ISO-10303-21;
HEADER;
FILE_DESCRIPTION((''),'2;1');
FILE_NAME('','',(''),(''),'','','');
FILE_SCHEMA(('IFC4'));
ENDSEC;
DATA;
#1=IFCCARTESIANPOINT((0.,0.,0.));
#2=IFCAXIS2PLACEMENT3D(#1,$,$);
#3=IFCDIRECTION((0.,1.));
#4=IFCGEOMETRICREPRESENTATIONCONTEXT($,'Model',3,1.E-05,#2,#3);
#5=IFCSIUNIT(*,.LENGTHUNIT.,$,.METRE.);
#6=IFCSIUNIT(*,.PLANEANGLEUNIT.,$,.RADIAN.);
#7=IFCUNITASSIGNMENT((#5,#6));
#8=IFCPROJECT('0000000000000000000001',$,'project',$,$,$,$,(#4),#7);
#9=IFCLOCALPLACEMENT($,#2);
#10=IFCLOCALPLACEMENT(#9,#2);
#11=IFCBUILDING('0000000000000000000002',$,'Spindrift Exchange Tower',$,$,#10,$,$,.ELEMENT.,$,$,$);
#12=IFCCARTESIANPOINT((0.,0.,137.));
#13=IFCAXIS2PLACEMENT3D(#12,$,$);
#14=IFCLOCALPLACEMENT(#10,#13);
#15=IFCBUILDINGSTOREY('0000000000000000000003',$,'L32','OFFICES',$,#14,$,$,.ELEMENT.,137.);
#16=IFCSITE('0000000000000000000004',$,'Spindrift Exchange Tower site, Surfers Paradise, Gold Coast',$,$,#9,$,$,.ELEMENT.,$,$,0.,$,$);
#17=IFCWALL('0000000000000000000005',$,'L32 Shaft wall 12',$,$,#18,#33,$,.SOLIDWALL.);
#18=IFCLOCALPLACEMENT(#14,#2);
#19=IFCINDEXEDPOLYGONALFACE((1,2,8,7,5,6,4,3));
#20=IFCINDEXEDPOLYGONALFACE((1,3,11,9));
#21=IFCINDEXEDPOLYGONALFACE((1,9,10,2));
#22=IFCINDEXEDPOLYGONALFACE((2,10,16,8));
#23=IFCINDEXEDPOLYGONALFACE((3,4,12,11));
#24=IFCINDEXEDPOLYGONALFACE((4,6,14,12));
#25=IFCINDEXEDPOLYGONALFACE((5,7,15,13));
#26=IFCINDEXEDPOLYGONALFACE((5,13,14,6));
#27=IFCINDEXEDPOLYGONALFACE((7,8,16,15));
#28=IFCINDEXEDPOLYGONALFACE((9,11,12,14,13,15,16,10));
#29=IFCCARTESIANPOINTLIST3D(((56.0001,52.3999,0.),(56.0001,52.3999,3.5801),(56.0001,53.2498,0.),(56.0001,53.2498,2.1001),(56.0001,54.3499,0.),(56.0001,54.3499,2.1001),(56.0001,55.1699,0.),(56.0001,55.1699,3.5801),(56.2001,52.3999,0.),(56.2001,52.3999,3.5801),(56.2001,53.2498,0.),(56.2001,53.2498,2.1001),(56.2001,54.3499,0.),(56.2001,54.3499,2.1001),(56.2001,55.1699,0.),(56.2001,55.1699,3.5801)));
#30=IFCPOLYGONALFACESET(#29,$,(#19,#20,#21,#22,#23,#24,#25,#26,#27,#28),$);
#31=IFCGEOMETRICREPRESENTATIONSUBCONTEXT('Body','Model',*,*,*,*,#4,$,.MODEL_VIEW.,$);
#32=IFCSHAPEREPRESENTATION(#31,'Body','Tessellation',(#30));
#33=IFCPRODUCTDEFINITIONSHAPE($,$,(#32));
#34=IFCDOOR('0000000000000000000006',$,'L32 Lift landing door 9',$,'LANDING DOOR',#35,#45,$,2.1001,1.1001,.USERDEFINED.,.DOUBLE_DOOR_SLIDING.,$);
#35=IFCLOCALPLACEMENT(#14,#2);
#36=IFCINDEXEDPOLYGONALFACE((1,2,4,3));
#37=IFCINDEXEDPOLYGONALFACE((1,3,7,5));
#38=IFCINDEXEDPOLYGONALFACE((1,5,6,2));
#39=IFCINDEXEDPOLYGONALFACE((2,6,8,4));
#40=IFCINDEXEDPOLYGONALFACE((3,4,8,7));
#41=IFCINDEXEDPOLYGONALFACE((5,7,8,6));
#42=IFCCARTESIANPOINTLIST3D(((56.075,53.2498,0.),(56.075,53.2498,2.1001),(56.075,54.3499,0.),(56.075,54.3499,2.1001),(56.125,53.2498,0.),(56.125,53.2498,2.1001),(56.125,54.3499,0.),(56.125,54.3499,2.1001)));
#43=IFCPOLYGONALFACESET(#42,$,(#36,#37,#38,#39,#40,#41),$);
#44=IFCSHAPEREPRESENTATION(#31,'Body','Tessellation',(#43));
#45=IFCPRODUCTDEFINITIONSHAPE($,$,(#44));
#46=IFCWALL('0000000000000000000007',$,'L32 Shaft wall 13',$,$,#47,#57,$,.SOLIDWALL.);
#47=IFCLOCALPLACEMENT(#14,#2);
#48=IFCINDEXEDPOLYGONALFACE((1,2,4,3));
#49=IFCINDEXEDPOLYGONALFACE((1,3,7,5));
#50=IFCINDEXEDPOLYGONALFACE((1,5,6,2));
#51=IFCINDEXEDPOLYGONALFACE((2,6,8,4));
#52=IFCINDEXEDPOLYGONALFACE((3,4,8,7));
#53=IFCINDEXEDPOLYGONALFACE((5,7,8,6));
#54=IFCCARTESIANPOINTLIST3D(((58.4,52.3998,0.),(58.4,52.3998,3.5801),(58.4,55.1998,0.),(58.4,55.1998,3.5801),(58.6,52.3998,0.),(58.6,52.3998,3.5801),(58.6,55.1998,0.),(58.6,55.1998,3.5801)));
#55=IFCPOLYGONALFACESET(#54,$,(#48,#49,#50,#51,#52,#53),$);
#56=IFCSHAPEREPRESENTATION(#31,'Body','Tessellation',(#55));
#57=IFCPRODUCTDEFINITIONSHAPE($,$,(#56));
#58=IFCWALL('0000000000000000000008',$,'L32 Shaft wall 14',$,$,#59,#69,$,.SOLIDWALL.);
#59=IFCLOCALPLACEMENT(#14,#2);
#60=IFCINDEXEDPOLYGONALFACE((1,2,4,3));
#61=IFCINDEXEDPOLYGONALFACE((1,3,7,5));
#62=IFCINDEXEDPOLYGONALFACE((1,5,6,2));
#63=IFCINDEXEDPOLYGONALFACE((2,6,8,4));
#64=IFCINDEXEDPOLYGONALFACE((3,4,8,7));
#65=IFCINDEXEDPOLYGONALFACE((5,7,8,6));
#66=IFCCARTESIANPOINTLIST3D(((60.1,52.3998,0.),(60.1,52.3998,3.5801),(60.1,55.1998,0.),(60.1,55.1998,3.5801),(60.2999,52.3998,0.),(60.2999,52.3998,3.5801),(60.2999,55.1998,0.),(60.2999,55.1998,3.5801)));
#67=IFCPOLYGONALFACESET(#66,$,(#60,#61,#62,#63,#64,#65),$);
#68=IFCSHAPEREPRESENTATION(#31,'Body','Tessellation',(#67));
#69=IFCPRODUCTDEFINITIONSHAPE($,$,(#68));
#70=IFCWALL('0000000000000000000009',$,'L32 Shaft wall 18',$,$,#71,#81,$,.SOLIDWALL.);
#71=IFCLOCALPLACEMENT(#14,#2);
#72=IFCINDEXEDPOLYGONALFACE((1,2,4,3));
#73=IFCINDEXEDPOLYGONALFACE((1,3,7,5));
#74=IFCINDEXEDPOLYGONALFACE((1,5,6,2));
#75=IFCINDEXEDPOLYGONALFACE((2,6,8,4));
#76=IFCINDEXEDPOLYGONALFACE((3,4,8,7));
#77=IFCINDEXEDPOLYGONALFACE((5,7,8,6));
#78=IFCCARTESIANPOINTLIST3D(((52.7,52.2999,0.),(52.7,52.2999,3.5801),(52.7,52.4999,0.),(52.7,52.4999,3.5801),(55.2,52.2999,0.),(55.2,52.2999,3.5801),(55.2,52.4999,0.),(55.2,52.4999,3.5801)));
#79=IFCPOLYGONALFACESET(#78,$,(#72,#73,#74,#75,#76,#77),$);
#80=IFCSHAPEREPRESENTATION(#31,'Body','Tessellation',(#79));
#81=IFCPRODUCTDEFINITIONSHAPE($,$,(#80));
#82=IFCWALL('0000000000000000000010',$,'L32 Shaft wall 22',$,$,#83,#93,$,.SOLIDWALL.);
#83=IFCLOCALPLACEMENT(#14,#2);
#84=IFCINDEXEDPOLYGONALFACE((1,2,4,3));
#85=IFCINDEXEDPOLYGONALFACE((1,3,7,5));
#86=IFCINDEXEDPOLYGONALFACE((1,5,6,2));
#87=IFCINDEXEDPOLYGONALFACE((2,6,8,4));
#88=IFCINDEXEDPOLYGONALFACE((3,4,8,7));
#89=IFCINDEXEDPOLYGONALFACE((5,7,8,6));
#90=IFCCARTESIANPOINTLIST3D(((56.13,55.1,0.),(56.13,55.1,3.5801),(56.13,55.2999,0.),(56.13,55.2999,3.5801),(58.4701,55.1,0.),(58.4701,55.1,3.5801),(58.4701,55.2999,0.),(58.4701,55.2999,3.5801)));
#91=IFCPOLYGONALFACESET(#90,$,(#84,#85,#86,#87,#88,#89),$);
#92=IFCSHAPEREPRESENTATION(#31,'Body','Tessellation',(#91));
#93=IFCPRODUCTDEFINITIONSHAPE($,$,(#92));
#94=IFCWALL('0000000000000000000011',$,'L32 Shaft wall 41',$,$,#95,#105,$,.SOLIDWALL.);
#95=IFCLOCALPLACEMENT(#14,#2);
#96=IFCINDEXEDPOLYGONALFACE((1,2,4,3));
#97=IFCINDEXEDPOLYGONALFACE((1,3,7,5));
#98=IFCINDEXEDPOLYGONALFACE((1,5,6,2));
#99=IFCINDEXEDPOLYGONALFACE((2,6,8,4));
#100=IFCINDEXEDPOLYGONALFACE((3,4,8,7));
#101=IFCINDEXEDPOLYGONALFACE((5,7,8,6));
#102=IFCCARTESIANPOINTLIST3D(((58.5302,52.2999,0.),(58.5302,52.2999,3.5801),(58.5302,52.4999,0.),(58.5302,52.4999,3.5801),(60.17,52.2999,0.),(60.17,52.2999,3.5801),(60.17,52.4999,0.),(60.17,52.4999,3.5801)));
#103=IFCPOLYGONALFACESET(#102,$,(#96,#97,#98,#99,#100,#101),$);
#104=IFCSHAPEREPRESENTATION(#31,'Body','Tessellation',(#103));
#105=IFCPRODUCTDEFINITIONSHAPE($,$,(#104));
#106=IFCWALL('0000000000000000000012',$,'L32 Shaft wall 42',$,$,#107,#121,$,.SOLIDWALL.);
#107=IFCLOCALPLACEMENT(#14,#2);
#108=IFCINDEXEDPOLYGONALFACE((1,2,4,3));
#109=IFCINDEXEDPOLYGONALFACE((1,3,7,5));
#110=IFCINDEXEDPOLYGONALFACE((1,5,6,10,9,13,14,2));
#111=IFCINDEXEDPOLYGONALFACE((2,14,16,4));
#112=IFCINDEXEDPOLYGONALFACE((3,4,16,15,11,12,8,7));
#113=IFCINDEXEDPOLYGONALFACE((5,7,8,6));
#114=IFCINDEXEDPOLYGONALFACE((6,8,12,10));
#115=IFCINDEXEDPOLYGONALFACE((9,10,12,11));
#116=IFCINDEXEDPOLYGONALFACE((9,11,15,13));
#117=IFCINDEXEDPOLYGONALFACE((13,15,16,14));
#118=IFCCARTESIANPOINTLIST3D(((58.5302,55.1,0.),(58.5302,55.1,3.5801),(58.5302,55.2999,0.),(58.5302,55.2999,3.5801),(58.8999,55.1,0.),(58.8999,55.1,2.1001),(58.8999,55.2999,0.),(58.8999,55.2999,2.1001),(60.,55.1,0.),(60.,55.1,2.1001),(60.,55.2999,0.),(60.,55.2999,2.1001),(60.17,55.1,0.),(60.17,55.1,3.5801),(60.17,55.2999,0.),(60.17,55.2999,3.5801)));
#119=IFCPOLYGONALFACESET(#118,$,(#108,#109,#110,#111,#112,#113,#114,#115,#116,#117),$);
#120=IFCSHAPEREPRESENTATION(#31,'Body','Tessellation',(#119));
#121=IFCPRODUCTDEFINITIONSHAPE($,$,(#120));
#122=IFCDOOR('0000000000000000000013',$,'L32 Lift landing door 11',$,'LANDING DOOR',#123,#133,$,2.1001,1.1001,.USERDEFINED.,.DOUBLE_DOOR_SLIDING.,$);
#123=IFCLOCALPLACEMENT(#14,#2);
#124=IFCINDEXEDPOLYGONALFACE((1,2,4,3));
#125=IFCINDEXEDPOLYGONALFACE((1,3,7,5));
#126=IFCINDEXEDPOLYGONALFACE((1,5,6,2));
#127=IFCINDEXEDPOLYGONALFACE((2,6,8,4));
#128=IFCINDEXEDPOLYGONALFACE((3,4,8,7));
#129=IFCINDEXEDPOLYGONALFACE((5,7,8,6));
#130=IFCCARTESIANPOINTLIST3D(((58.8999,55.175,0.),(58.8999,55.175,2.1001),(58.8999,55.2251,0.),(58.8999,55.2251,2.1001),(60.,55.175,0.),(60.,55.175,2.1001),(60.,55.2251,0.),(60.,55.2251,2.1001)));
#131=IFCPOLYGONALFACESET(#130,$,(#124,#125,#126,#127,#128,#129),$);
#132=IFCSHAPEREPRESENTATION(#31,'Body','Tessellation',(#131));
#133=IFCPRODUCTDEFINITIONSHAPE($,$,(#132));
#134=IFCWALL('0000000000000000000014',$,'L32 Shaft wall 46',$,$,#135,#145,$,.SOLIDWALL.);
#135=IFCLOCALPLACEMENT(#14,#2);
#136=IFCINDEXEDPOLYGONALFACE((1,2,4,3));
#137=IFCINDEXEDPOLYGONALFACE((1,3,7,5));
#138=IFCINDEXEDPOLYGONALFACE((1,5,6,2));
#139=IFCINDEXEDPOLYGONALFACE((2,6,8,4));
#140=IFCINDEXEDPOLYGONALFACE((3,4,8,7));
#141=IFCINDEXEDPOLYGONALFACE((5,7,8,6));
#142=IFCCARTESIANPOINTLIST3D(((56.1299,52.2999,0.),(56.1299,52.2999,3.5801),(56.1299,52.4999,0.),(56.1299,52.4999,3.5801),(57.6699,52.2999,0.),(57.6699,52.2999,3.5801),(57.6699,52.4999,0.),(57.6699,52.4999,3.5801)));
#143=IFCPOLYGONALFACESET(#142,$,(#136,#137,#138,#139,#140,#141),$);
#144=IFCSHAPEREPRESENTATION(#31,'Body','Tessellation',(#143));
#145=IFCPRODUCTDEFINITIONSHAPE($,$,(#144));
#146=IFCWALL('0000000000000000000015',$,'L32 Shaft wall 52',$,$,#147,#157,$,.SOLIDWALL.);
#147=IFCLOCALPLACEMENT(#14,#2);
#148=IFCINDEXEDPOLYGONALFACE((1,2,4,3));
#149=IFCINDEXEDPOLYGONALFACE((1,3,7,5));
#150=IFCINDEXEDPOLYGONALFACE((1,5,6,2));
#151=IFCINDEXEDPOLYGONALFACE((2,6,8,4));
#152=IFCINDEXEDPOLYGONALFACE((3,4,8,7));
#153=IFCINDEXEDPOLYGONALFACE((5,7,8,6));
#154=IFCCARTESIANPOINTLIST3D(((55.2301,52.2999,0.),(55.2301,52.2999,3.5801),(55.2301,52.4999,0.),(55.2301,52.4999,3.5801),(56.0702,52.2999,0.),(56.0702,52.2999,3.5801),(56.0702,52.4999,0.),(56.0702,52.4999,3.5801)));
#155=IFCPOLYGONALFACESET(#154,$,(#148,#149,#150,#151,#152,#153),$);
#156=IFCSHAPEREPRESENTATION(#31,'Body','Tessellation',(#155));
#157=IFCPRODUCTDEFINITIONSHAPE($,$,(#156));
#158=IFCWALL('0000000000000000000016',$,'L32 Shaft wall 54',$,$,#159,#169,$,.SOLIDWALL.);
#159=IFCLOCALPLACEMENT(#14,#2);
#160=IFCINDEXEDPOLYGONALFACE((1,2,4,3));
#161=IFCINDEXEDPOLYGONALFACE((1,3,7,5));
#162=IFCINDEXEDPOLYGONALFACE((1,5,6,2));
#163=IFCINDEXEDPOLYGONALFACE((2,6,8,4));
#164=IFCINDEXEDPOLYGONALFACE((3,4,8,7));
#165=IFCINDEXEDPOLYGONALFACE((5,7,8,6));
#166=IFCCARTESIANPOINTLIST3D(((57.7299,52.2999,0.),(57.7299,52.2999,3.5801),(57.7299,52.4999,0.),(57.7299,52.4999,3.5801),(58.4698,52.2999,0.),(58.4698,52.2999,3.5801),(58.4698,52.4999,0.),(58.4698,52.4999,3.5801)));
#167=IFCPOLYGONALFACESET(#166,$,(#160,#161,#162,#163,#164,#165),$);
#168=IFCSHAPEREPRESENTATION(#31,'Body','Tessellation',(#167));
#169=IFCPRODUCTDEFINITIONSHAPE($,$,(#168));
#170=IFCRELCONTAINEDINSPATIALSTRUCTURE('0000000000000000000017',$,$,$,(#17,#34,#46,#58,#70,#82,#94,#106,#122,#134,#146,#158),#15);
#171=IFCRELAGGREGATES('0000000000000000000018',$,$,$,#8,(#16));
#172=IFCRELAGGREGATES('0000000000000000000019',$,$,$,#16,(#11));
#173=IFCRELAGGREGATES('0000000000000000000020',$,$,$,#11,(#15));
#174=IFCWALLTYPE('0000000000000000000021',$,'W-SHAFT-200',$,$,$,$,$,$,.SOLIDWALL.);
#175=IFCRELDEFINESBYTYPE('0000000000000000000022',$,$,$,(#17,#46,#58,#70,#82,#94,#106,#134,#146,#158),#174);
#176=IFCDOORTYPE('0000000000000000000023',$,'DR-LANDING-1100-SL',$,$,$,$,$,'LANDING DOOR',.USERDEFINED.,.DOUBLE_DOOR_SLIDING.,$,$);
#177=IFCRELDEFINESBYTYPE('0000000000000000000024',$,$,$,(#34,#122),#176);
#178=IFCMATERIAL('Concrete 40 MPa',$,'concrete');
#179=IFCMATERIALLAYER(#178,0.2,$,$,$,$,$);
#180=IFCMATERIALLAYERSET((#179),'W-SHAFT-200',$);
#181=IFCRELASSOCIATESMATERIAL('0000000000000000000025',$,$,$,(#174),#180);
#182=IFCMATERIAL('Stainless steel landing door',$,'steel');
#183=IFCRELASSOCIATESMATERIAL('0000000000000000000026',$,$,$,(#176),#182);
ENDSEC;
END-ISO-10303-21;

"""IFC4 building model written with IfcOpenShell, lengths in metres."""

from ifc_helpers import new_model, si_unit, direction, frame, frame_2d, origin, place, context, subcontext, project, spatial, rectangle, extrude, source, transform, mapped, material, layer, layer_set, type_object, element, fill, save


model = new_model("IFC4")

# Units and contexts
model_context = context("Model", 3, precision=1e-05, world=origin(), true_north=direction((0.0, 1.0)))
body_context = subcontext(model_context, "Body", "Model", "MODEL_VIEW")
ifc_project = project(units=[si_unit("LENGTHUNIT", "METRE"), si_unit("PLANEANGLEUNIT", "RADIAN")], contexts=[model_context])

# Site, building, storey
site_placement = place(None, origin())
site = spatial("IfcSite", under=ifc_project, at=site_placement, Name="Spindrift Exchange Tower site, Surfers Paradise, Gold Coast", CompositionType="ELEMENT", RefElevation=0.0)
building_placement = place(site_placement, origin())
building = spatial("IfcBuilding", under=site, at=building_placement, Name="Spindrift Exchange Tower", CompositionType="ELEMENT")
storey_placement = place(building_placement, frame((0.0, 0.0, 137.0)))
storey = spatial("IfcBuildingStorey", under=building, at=storey_placement, Name="L32", Description="OFFICES", CompositionType="ELEMENT", Elevation=137.0)

# Wall, opening, door
ifc_material_1 = material(Name="Concrete 40 MPa", Category="concrete")
ifc_layer_1 = layer(ifc_material_1, 0.2)
ifc_layer_set_1 = layer_set([ifc_layer_1], Name="W-SHAFT-200")
wall_type_1 = type_object("IfcWallType", Name="W-SHAFT-200", PredefinedType="SOLIDWALL", material=ifc_layer_set_1)
wall_1_placement = place(storey_placement, frame((56.1001, 55.1699, 0.0), z_axis=(0.0, 0.0, 1.0), x_axis=(0.0, -1.0, 0.0)))
wall_1 = element("IfcWall", 1, at=wall_1_placement, inside=storey, type_object=wall_type_1, Name="L32 Shaft wall 12", PredefinedType="SOLIDWALL", context=body_context, shape_type="SweptSolid", body=[
    extrude(rectangle(XDim=2.77, YDim=0.2, at=frame_2d((1.385, 0.0))), origin(), (0.0, 0.0, 1.0), 3.5801),
])
opening_1_placement = place(wall_1_placement, frame((0.8201, 0.0, 0.0)))
opening_1 = element("IfcOpeningElement", 2, at=opening_1_placement, cuts=wall_1, PredefinedType="OPENING", context=body_context, shape_type="SweptSolid", body=[
    extrude(rectangle(XDim=1.1001, YDim=2.1001, at=frame_2d((0.55, 1.05))), frame((0.0, 0.1099, 0.0), z_axis=(0.0, -1.0, 0.0), x_axis=(1.0, 0.0, 0.0)), (0.0, 0.0, 1.0), 0.22),
])
ifc_material_2 = material(Name="Stainless steel landing door", Category="steel")
door_type_1 = type_object("IfcDoorType", Name="DR-LANDING-1100-SL", ElementType="LANDING DOOR", OperationType="DOUBLE_DOOR_SLIDING", PredefinedType="USERDEFINED", material=ifc_material_2)
shared_shape_1 = source(origin(), body_context, "Body", "SweptSolid", [
    extrude(rectangle(XDim=1.1001, YDim=2.1001, at=frame_2d((0.55, 1.05))), frame((0.0, 0.0249, 0.0), z_axis=(0.0, -1.0, 0.0), x_axis=(1.0, 0.0, 0.0)), (0.0, 0.0, 1.0), 0.05),
])
door_1_placement = place(opening_1_placement, origin())
door_1 = element("IfcDoor", 3, at=door_1_placement, inside=storey, type_object=door_type_1, Name="L32 Lift landing door 9", ObjectType="LANDING DOOR", OperationType="DOUBLE_DOOR_SLIDING", OverallHeight=2.1001, OverallWidth=1.1001, PredefinedType="USERDEFINED", context=body_context, shape_type="MappedRepresentation", body=[
    mapped(shared_shape_1, transform((0.0, 0.0, 0.0), scale=1.0)),
])
fill(opening_1, door_1)

# Walls
for number, where, z_axis, x_axis, name in (
    (4, (58.5, 52.3999, 0.0), (0.0, 0.0, 1.0), (0.0, 1.0, 0.0), "L32 Shaft wall 13"),
    (5, (60.2, 52.3999, 0.0), (0.0, 0.0, 1.0), (0.0, 1.0, 0.0), "L32 Shaft wall 14"),
):
    element("IfcWall", number, at=place(storey_placement, frame(where, z_axis=z_axis, x_axis=x_axis)), inside=storey, type_object=wall_type_1, Name=name, PredefinedType="SOLIDWALL", context=body_context, shape_type="SweptSolid", body=[
        extrude(rectangle(XDim=2.8, YDim=0.2, at=frame_2d((1.3999, 0.0))), origin(), (0.0, 0.0, 1.0), 3.5801),
    ])
wall_2_placement = place(storey_placement, frame((55.2, 52.3999, 0.0), z_axis=(0.0, 0.0, 1.0), x_axis=(-1.0, 0.0, 0.0)))
element("IfcWall", 6, at=wall_2_placement, inside=storey, type_object=wall_type_1, Name="L32 Shaft wall 18", PredefinedType="SOLIDWALL", context=body_context, shape_type="SweptSolid", body=[
    extrude(rectangle(XDim=2.5, YDim=0.2, at=frame_2d((1.25, 0.0))), origin(), (0.0, 0.0, 1.0), 3.5801),
])
wall_3_placement = place(storey_placement, frame((58.47, 55.2, 0.0), z_axis=(0.0, 0.0, 1.0), x_axis=(-1.0, 0.0, 0.0)))
element("IfcWall", 7, at=wall_3_placement, inside=storey, type_object=wall_type_1, Name="L32 Shaft wall 22", PredefinedType="SOLIDWALL", context=body_context, shape_type="SweptSolid", body=[
    extrude(rectangle(XDim=2.3401, YDim=0.2, at=frame_2d((1.1699, 0.0))), origin(), (0.0, 0.0, 1.0), 3.5801),
])
wall_4_placement = place(storey_placement, frame((60.1699, 52.3999, 0.0), z_axis=(0.0, 0.0, 1.0), x_axis=(-1.0, 0.0, 0.0)))
element("IfcWall", 8, at=wall_4_placement, inside=storey, type_object=wall_type_1, Name="L32 Shaft wall 41", PredefinedType="SOLIDWALL", context=body_context, shape_type="SweptSolid", body=[
    extrude(rectangle(XDim=1.6399, YDim=0.2, at=frame_2d((0.8198, 0.0))), origin(), (0.0, 0.0, 1.0), 3.5801),
])

# Wall, opening, door
wall_5_placement = place(storey_placement, frame((60.1699, 55.2, 0.0), z_axis=(0.0, 0.0, 1.0), x_axis=(-1.0, 0.0, 0.0)))
wall_5 = element("IfcWall", 9, at=wall_5_placement, inside=storey, type_object=wall_type_1, Name="L32 Shaft wall 42", PredefinedType="SOLIDWALL", context=body_context, shape_type="SweptSolid", body=[
    extrude(rectangle(XDim=1.6399, YDim=0.2, at=frame_2d((0.8198, 0.0))), origin(), (0.0, 0.0, 1.0), 3.5801),
])
opening_2_placement = place(wall_5_placement, frame((0.1699, 0.0, 0.0)))
opening_2 = element("IfcOpeningElement", 10, at=opening_2_placement, cuts=wall_5, PredefinedType="OPENING", context=body_context, shape_type="SweptSolid", body=[
    extrude(rectangle(XDim=1.1001, YDim=2.1001, at=frame_2d((0.55, 1.05))), frame((0.0, 0.1099, 0.0), z_axis=(0.0, -1.0, 0.0), x_axis=(1.0, 0.0, 0.0)), (0.0, 0.0, 1.0), 0.22),
])
door_2_placement = place(opening_2_placement, origin())
door_2 = element("IfcDoor", 11, at=door_2_placement, inside=storey, type_object=door_type_1, Name="L32 Lift landing door 11", ObjectType="LANDING DOOR", OperationType="DOUBLE_DOOR_SLIDING", OverallHeight=2.1001, OverallWidth=1.1001, PredefinedType="USERDEFINED", context=body_context, shape_type="MappedRepresentation", body=[
    mapped(shared_shape_1, transform((0.0, 0.0, 0.0), scale=1.0)),
])
fill(opening_2, door_2)

# Walls
wall_6_placement = place(storey_placement, frame((57.6699, 52.3999, 0.0), z_axis=(0.0, 0.0, 1.0), x_axis=(-1.0, 0.0, 0.0)))
element("IfcWall", 12, at=wall_6_placement, inside=storey, type_object=wall_type_1, Name="L32 Shaft wall 46", PredefinedType="SOLIDWALL", context=body_context, shape_type="SweptSolid", body=[
    extrude(rectangle(XDim=1.54, YDim=0.2, at=frame_2d((0.77, 0.0))), origin(), (0.0, 0.0, 1.0), 3.5801),
])
wall_7_placement = place(storey_placement, frame((56.0701, 52.3999, 0.0), z_axis=(0.0, 0.0, 1.0), x_axis=(-1.0, 0.0, 0.0)))
element("IfcWall", 13, at=wall_7_placement, inside=storey, type_object=wall_type_1, Name="L32 Shaft wall 52", PredefinedType="SOLIDWALL", context=body_context, shape_type="SweptSolid", body=[
    extrude(rectangle(XDim=0.8401, YDim=0.2, at=frame_2d((0.4199, 0.0))), origin(), (0.0, 0.0, 1.0), 3.5801),
])
wall_8_placement = place(storey_placement, frame((58.47, 52.3999, 0.0), z_axis=(0.0, 0.0, 1.0), x_axis=(-1.0, 0.0, 0.0)))
element("IfcWall", 14, at=wall_8_placement, inside=storey, type_object=wall_type_1, Name="L32 Shaft wall 54", PredefinedType="SOLIDWALL", context=body_context, shape_type="SweptSolid", body=[
    extrude(rectangle(XDim=0.74, YDim=0.2, at=frame_2d((0.3701, 0.0))), origin(), (0.0, 0.0, 1.0), 3.5801),
])

save(model, "model.ifc")
